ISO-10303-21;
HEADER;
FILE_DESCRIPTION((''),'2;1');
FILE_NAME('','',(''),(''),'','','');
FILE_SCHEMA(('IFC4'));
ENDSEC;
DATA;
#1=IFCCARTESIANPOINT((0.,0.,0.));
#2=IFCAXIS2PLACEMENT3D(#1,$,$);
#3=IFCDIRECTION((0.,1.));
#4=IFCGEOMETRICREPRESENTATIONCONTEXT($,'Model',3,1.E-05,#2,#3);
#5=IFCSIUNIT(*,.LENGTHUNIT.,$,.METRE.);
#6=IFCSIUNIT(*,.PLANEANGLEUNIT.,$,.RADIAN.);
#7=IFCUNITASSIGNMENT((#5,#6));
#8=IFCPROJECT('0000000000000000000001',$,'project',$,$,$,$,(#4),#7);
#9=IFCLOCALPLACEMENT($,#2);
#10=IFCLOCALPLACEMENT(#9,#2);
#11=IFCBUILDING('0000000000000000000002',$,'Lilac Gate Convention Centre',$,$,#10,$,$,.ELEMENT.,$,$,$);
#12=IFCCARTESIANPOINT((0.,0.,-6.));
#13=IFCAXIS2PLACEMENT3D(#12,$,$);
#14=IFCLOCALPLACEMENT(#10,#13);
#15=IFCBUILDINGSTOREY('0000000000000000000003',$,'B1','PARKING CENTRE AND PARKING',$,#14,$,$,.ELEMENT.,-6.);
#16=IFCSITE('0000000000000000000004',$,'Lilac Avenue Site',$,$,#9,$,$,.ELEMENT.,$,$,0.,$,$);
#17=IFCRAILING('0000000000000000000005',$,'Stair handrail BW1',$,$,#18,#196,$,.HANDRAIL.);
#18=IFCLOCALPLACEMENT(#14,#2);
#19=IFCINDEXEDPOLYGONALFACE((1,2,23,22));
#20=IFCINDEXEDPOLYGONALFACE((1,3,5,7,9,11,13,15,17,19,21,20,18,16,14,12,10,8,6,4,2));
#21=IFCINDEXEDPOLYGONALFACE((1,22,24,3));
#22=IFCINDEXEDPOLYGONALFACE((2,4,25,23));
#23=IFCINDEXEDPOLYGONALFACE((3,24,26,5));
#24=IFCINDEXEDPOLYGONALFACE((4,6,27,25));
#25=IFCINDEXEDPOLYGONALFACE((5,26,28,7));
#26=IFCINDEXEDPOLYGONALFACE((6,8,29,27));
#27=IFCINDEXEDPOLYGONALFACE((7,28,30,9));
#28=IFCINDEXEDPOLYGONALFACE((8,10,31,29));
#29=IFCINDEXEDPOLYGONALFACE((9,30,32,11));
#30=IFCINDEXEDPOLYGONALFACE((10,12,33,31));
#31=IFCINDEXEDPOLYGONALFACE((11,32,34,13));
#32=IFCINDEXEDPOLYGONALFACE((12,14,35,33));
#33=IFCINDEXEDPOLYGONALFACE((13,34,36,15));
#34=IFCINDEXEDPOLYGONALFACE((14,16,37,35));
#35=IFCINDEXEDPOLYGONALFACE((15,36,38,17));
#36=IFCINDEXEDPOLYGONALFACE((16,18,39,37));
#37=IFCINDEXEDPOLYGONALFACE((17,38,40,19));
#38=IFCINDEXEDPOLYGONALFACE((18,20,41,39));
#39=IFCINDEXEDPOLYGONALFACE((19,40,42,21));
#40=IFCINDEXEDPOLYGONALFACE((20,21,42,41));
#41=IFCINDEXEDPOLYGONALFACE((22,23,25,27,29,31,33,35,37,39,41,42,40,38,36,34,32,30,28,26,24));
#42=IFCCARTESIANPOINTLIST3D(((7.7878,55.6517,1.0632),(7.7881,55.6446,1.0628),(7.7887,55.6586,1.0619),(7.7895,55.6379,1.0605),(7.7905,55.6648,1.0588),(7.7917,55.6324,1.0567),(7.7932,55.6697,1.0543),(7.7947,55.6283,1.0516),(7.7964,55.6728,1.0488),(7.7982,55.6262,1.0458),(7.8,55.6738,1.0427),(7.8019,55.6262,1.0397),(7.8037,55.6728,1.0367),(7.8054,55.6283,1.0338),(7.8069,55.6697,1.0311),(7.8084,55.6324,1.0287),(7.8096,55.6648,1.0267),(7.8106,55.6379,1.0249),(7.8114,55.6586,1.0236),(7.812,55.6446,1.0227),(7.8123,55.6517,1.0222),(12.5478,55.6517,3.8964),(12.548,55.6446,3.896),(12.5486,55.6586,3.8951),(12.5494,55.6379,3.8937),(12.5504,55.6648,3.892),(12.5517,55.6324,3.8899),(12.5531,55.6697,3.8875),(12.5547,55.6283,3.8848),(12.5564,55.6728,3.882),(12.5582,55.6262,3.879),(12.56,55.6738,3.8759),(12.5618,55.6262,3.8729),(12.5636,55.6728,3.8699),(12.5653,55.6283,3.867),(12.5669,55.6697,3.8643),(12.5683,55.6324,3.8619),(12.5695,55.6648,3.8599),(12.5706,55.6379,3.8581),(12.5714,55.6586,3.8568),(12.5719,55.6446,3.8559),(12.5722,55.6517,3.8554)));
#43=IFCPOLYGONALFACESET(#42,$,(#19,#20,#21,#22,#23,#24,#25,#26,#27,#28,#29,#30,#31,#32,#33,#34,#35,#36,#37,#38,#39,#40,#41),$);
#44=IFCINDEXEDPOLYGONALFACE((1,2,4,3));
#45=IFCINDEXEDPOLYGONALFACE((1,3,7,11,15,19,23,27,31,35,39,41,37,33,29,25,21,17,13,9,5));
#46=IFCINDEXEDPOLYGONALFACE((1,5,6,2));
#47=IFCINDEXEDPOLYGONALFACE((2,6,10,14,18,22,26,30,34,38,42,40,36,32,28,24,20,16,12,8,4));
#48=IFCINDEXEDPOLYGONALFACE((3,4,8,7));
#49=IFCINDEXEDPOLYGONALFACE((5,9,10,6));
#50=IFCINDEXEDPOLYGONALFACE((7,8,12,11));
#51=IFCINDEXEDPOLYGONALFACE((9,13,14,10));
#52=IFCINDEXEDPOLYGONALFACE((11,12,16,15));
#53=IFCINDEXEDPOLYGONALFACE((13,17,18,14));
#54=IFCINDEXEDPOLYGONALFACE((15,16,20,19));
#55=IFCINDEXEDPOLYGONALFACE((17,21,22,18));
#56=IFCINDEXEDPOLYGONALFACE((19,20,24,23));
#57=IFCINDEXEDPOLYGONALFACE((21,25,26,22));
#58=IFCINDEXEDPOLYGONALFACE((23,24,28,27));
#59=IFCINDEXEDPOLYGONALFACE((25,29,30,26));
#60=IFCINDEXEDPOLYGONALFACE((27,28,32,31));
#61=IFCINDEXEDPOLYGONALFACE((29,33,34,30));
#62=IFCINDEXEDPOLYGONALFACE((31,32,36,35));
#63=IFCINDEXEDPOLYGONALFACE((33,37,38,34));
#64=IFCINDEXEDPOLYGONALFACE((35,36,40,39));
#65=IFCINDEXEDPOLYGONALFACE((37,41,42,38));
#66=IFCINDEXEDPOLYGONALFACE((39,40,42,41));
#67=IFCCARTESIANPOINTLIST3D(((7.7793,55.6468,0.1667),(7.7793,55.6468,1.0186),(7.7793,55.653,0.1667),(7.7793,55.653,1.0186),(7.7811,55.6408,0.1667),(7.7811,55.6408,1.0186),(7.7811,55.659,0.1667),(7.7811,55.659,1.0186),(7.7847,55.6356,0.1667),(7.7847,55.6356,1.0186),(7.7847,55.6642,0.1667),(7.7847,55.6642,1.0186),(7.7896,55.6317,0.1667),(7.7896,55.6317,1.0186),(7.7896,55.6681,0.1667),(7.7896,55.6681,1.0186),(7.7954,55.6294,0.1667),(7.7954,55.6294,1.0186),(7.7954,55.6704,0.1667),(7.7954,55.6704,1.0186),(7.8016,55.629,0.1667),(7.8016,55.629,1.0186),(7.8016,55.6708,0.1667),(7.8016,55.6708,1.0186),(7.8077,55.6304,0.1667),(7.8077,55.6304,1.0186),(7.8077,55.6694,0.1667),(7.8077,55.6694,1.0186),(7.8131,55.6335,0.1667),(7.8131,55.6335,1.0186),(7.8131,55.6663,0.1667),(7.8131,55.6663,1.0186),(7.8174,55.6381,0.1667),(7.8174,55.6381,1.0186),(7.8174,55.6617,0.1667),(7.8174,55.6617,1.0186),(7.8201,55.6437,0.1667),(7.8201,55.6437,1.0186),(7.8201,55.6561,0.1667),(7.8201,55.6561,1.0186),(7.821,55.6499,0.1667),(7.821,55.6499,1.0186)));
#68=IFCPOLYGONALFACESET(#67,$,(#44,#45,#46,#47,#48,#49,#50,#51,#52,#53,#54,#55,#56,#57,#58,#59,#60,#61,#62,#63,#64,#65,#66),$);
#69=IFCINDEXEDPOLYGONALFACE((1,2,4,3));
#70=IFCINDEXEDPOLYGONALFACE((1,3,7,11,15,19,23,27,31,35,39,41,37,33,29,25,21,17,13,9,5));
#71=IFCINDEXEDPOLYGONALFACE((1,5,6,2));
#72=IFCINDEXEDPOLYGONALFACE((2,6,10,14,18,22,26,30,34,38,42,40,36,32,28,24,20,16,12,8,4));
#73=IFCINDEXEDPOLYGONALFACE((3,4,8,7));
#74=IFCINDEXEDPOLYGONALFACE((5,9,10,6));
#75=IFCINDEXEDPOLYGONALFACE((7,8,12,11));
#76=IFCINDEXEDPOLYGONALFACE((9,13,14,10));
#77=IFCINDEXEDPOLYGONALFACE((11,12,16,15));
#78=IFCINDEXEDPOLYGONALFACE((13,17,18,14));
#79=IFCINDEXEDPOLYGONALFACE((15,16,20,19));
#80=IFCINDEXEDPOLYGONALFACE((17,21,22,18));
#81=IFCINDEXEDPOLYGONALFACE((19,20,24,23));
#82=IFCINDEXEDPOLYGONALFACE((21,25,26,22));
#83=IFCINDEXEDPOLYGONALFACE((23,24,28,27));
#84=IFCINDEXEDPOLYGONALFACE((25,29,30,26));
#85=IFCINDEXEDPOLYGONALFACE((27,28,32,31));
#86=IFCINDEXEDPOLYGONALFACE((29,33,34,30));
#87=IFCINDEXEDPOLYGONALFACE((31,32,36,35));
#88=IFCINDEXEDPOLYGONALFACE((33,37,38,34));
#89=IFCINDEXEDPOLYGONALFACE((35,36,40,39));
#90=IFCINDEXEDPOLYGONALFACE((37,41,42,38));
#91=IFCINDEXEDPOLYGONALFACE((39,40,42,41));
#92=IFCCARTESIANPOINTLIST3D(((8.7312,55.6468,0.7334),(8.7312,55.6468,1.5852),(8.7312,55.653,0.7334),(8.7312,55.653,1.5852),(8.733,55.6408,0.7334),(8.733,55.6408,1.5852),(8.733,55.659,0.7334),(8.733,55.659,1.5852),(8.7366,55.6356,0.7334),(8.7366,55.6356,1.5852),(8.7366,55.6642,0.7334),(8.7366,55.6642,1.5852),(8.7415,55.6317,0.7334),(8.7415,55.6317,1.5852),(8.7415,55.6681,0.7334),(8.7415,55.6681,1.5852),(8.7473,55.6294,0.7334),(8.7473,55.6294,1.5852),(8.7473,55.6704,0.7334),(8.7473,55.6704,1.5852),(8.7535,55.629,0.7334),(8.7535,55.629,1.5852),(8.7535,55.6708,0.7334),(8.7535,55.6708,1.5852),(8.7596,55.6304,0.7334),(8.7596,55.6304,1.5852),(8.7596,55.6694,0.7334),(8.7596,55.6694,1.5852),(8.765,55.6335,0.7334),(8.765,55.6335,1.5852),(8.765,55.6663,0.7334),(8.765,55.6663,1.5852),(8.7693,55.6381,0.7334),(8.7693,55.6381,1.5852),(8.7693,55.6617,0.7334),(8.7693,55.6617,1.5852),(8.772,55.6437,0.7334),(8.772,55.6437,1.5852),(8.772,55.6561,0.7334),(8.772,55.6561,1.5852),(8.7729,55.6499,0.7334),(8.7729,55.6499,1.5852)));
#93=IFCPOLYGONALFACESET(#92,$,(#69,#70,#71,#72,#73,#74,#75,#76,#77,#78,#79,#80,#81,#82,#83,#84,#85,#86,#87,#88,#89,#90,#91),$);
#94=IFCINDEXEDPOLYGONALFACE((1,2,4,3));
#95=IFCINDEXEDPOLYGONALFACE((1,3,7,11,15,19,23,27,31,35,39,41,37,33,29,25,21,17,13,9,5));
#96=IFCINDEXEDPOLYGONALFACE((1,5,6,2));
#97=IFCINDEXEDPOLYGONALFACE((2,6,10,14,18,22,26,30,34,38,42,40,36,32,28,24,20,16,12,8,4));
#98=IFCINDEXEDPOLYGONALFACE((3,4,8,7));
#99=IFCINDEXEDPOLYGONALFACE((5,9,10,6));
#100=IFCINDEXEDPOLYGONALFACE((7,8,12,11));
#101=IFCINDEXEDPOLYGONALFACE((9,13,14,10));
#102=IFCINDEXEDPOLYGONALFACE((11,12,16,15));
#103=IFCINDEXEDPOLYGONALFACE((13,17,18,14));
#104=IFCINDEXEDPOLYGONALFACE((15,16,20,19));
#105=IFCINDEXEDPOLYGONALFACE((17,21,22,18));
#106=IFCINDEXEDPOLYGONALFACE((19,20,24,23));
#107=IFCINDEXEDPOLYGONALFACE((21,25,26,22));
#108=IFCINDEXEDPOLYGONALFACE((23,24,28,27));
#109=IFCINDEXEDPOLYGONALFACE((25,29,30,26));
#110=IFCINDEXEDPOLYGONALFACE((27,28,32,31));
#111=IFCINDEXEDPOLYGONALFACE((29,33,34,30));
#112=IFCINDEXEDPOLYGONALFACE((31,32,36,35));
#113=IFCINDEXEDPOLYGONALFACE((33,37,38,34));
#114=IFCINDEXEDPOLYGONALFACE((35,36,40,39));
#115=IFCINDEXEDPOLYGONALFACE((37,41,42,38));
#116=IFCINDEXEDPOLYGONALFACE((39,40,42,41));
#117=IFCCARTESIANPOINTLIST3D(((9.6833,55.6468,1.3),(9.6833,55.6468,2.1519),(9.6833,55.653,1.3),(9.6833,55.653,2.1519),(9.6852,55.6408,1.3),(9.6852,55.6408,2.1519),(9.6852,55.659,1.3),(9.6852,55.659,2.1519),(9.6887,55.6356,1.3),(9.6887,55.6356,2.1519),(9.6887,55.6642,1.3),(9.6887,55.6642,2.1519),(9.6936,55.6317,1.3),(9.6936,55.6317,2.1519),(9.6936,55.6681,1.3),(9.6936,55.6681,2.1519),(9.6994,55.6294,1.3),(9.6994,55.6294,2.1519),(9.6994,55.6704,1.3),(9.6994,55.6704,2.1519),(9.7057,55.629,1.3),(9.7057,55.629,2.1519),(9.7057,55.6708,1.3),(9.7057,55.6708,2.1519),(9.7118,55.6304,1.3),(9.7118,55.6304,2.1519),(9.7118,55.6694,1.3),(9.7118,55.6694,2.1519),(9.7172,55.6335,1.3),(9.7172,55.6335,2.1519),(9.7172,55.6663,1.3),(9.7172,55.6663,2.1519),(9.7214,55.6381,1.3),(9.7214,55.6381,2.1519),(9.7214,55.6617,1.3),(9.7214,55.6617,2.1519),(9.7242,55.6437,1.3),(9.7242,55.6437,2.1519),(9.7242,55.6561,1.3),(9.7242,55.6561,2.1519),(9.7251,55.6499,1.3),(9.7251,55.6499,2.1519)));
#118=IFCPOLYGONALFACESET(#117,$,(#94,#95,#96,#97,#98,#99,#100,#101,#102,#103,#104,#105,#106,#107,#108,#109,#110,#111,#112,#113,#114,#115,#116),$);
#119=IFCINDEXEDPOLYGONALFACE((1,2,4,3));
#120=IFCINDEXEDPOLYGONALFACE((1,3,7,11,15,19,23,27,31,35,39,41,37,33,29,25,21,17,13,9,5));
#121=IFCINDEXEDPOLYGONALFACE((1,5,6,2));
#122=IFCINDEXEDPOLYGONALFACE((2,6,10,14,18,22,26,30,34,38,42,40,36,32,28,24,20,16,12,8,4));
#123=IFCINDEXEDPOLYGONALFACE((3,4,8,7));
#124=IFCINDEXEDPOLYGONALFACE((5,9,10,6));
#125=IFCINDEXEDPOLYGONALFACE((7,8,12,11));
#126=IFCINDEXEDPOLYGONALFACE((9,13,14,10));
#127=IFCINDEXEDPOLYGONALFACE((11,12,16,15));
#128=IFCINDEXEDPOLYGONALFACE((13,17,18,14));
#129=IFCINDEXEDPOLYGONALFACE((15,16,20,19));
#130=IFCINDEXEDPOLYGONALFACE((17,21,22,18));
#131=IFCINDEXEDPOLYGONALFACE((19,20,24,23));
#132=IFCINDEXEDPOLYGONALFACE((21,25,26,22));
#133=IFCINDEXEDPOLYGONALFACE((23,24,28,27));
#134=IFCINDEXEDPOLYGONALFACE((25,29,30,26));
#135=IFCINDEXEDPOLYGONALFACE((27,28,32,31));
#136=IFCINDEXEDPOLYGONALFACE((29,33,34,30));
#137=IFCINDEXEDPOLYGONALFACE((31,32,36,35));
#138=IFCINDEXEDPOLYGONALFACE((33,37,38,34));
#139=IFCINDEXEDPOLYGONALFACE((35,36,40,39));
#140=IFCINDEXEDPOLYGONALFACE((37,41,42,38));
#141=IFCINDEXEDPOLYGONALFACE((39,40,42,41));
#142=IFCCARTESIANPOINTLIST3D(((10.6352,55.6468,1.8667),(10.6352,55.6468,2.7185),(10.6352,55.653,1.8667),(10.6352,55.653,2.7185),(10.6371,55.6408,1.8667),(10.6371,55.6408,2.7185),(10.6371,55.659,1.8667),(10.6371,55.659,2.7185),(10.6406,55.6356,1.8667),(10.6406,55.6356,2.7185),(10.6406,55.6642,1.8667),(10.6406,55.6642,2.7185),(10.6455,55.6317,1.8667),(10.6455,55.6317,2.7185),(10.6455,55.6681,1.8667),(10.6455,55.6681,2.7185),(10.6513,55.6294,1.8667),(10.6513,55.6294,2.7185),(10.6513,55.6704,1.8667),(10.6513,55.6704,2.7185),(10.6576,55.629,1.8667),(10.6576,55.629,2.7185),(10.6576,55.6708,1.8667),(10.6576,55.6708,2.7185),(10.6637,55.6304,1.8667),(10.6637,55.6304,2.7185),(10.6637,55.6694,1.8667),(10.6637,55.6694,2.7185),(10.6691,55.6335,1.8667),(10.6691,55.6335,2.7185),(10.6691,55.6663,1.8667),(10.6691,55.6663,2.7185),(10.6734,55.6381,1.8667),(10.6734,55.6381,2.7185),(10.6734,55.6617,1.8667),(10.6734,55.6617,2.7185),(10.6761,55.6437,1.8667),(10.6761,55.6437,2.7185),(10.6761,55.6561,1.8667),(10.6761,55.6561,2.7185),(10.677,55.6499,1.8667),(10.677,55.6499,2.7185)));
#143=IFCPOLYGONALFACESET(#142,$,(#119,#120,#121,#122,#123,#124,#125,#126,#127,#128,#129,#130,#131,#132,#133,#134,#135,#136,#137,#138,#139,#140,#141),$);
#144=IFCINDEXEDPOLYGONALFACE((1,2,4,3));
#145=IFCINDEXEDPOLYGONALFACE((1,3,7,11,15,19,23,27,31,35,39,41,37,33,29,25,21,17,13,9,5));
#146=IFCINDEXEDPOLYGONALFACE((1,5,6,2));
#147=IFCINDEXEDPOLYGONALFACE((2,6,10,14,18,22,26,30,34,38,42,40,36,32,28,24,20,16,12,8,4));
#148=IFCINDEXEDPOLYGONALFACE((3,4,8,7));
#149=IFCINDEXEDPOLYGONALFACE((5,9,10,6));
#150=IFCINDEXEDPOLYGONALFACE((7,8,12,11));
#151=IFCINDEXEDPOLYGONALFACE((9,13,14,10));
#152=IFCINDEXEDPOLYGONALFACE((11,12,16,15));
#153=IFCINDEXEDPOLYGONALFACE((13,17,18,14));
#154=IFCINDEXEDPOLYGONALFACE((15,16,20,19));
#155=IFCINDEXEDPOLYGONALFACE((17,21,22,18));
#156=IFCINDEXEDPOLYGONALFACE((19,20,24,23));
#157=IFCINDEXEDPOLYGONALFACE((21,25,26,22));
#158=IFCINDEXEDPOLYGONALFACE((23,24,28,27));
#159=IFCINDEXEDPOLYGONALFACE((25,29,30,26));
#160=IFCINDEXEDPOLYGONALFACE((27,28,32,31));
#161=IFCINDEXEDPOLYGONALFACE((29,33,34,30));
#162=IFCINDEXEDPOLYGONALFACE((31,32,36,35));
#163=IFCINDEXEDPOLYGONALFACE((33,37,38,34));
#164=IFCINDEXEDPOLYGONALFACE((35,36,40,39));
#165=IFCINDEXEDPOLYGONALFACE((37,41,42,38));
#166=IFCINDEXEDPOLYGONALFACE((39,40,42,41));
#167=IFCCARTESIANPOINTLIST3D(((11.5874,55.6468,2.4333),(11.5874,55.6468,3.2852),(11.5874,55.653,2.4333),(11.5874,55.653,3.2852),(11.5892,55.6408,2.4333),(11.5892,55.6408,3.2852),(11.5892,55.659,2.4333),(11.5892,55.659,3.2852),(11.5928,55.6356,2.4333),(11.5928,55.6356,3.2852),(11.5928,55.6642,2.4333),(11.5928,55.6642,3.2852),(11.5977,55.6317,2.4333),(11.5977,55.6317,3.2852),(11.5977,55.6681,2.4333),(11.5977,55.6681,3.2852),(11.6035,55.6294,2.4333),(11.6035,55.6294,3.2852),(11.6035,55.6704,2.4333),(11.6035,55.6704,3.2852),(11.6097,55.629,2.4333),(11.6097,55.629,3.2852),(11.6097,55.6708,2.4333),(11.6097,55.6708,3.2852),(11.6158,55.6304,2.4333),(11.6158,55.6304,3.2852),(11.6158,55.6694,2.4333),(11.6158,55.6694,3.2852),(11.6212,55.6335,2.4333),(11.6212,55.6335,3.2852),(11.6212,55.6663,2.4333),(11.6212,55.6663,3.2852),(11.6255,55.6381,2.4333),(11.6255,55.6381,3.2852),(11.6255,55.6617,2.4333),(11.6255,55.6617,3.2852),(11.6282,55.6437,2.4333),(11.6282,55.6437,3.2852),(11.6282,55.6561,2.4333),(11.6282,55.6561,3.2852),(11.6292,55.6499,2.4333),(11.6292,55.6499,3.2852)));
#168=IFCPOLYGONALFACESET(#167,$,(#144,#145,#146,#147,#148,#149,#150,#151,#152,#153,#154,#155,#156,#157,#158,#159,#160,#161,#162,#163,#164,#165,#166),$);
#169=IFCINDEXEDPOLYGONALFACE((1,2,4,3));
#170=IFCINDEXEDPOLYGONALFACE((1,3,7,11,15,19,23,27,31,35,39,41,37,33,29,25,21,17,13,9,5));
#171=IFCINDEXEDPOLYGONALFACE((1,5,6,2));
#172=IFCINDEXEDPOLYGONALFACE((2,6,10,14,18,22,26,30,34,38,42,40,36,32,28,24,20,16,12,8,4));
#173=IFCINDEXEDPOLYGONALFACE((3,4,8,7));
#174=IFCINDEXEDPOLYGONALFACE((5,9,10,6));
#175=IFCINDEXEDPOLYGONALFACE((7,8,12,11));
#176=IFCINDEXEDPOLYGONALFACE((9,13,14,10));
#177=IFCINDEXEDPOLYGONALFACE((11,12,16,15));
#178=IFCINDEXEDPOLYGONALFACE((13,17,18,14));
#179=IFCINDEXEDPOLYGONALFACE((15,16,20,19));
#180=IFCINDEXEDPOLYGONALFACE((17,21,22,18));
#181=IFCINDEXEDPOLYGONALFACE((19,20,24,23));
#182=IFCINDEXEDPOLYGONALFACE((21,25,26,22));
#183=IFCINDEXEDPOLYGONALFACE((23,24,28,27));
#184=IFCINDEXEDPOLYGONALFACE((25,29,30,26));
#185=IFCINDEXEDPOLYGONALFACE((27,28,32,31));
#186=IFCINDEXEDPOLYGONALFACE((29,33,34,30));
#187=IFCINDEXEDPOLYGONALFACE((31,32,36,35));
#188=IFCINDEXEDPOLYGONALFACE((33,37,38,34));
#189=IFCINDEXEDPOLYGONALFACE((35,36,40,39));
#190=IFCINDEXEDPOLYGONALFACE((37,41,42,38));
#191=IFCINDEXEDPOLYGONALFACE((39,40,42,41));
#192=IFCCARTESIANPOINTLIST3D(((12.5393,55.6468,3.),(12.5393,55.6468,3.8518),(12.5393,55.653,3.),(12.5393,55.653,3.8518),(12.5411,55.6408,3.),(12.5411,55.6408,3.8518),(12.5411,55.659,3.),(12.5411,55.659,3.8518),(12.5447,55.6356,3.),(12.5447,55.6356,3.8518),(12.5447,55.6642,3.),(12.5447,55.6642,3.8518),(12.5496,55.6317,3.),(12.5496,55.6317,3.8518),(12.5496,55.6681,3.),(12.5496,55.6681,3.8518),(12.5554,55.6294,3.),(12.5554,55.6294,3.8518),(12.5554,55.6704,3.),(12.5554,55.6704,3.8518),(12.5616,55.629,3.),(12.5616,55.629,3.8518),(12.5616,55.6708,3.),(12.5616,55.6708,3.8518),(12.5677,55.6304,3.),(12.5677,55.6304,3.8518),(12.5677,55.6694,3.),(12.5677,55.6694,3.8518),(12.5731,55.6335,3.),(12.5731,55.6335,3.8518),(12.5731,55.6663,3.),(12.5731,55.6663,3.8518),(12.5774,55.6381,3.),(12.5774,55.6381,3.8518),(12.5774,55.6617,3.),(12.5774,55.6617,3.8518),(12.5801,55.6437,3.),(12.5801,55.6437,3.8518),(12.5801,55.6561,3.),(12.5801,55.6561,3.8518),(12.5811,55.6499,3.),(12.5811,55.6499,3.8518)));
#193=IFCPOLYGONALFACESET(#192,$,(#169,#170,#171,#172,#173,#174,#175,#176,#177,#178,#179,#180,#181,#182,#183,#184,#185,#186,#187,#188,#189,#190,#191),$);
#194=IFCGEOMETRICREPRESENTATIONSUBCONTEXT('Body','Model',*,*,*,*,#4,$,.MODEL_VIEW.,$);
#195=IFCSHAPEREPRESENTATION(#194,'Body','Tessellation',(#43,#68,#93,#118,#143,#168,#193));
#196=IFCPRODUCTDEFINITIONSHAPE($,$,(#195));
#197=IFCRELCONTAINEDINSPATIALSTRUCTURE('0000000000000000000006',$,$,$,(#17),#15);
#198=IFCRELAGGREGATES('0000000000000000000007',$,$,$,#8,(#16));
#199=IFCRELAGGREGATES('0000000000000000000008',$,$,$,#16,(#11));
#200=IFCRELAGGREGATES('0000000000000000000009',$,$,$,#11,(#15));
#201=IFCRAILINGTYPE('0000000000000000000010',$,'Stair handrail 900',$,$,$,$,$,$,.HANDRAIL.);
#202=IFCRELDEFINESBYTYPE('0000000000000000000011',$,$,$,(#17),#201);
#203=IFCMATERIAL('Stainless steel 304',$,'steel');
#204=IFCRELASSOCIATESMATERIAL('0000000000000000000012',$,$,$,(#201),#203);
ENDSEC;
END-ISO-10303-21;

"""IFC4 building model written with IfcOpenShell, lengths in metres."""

from ifc_helpers import new_model, si_unit, direction, frame, origin, origin_2d, place, context, subcontext, project, spatial, circle, extrude, material, type_object, element, save


model = new_model("IFC4")

# Units and contexts
model_context = context("Model", 3, precision=1e-05, world=origin(), true_north=direction((0.0, 1.0)))
body_context = subcontext(model_context, "Body", "Model", "MODEL_VIEW")
ifc_project = project(units=[si_unit("LENGTHUNIT", "METRE"), si_unit("PLANEANGLEUNIT", "RADIAN")], contexts=[model_context])

# Site, building, storey
site_placement = place(None, origin())
site = spatial("IfcSite", under=ifc_project, at=site_placement, Name="Lilac Avenue Site", CompositionType="ELEMENT", RefElevation=0.0)
building_placement = place(site_placement, origin())
building = spatial("IfcBuilding", under=site, at=building_placement, Name="Lilac Gate Convention Centre", CompositionType="ELEMENT")
storey_placement = place(building_placement, frame((0.0, 0.0, -6.0)))
storey = spatial("IfcBuildingStorey", under=building, at=storey_placement, Name="B1", Description="PARKING CENTRE AND PARKING", CompositionType="ELEMENT", Elevation=-6.0)

# Railing
ifc_material_1 = material(Name="Stainless steel 304", Category="steel")
railing_type = type_object("IfcRailingType", Name="Stair handrail 900", PredefinedType="HANDRAIL", material=ifc_material_1)
for number, where, name in (
    (1, (7.8, 55.6499, 0.1667), "Stair handrail BW1"),
):
    element("IfcRailing", number, at=place(storey_placement, frame(where)), inside=storey, type_object=railing_type, Name=name, PredefinedType="HANDRAIL", context=body_context, shape_type="SweptSolid", body=[
        extrude(circle(Radius=0.0239, at=origin_2d()), frame((0.0, 0.0, 0.876), z_axis=(0.8593, 0.0, 0.511472), x_axis=(0.0, 1.0, 0.0)), (0.0, 0.0, 1.0), 5.5393),
        extrude(circle(Radius=0.021, at=origin_2d()), origin(), (0.0, 0.0, 1.0), 0.8518),
        extrude(circle(Radius=0.021, at=origin_2d()), frame((0.9519, 0.0, 0.5667)), (0.0, 0.0, 1.0), 0.8518),
        extrude(circle(Radius=0.021, at=origin_2d()), frame((1.9041, 0.0, 1.1333)), (0.0, 0.0, 1.0), 0.8518),
        extrude(circle(Radius=0.021, at=origin_2d()), frame((2.856, 0.0, 1.7)), (0.0, 0.0, 1.0), 0.8518),
        extrude(circle(Radius=0.021, at=origin_2d()), frame((3.8081, 0.0, 2.2666)), (0.0, 0.0, 1.0), 0.8518),
        extrude(circle(Radius=0.021, at=origin_2d()), frame((4.76, 0.0, 2.8333)), (0.0, 0.0, 1.0), 0.8518),
    ])

save(model, "model.ifc")
